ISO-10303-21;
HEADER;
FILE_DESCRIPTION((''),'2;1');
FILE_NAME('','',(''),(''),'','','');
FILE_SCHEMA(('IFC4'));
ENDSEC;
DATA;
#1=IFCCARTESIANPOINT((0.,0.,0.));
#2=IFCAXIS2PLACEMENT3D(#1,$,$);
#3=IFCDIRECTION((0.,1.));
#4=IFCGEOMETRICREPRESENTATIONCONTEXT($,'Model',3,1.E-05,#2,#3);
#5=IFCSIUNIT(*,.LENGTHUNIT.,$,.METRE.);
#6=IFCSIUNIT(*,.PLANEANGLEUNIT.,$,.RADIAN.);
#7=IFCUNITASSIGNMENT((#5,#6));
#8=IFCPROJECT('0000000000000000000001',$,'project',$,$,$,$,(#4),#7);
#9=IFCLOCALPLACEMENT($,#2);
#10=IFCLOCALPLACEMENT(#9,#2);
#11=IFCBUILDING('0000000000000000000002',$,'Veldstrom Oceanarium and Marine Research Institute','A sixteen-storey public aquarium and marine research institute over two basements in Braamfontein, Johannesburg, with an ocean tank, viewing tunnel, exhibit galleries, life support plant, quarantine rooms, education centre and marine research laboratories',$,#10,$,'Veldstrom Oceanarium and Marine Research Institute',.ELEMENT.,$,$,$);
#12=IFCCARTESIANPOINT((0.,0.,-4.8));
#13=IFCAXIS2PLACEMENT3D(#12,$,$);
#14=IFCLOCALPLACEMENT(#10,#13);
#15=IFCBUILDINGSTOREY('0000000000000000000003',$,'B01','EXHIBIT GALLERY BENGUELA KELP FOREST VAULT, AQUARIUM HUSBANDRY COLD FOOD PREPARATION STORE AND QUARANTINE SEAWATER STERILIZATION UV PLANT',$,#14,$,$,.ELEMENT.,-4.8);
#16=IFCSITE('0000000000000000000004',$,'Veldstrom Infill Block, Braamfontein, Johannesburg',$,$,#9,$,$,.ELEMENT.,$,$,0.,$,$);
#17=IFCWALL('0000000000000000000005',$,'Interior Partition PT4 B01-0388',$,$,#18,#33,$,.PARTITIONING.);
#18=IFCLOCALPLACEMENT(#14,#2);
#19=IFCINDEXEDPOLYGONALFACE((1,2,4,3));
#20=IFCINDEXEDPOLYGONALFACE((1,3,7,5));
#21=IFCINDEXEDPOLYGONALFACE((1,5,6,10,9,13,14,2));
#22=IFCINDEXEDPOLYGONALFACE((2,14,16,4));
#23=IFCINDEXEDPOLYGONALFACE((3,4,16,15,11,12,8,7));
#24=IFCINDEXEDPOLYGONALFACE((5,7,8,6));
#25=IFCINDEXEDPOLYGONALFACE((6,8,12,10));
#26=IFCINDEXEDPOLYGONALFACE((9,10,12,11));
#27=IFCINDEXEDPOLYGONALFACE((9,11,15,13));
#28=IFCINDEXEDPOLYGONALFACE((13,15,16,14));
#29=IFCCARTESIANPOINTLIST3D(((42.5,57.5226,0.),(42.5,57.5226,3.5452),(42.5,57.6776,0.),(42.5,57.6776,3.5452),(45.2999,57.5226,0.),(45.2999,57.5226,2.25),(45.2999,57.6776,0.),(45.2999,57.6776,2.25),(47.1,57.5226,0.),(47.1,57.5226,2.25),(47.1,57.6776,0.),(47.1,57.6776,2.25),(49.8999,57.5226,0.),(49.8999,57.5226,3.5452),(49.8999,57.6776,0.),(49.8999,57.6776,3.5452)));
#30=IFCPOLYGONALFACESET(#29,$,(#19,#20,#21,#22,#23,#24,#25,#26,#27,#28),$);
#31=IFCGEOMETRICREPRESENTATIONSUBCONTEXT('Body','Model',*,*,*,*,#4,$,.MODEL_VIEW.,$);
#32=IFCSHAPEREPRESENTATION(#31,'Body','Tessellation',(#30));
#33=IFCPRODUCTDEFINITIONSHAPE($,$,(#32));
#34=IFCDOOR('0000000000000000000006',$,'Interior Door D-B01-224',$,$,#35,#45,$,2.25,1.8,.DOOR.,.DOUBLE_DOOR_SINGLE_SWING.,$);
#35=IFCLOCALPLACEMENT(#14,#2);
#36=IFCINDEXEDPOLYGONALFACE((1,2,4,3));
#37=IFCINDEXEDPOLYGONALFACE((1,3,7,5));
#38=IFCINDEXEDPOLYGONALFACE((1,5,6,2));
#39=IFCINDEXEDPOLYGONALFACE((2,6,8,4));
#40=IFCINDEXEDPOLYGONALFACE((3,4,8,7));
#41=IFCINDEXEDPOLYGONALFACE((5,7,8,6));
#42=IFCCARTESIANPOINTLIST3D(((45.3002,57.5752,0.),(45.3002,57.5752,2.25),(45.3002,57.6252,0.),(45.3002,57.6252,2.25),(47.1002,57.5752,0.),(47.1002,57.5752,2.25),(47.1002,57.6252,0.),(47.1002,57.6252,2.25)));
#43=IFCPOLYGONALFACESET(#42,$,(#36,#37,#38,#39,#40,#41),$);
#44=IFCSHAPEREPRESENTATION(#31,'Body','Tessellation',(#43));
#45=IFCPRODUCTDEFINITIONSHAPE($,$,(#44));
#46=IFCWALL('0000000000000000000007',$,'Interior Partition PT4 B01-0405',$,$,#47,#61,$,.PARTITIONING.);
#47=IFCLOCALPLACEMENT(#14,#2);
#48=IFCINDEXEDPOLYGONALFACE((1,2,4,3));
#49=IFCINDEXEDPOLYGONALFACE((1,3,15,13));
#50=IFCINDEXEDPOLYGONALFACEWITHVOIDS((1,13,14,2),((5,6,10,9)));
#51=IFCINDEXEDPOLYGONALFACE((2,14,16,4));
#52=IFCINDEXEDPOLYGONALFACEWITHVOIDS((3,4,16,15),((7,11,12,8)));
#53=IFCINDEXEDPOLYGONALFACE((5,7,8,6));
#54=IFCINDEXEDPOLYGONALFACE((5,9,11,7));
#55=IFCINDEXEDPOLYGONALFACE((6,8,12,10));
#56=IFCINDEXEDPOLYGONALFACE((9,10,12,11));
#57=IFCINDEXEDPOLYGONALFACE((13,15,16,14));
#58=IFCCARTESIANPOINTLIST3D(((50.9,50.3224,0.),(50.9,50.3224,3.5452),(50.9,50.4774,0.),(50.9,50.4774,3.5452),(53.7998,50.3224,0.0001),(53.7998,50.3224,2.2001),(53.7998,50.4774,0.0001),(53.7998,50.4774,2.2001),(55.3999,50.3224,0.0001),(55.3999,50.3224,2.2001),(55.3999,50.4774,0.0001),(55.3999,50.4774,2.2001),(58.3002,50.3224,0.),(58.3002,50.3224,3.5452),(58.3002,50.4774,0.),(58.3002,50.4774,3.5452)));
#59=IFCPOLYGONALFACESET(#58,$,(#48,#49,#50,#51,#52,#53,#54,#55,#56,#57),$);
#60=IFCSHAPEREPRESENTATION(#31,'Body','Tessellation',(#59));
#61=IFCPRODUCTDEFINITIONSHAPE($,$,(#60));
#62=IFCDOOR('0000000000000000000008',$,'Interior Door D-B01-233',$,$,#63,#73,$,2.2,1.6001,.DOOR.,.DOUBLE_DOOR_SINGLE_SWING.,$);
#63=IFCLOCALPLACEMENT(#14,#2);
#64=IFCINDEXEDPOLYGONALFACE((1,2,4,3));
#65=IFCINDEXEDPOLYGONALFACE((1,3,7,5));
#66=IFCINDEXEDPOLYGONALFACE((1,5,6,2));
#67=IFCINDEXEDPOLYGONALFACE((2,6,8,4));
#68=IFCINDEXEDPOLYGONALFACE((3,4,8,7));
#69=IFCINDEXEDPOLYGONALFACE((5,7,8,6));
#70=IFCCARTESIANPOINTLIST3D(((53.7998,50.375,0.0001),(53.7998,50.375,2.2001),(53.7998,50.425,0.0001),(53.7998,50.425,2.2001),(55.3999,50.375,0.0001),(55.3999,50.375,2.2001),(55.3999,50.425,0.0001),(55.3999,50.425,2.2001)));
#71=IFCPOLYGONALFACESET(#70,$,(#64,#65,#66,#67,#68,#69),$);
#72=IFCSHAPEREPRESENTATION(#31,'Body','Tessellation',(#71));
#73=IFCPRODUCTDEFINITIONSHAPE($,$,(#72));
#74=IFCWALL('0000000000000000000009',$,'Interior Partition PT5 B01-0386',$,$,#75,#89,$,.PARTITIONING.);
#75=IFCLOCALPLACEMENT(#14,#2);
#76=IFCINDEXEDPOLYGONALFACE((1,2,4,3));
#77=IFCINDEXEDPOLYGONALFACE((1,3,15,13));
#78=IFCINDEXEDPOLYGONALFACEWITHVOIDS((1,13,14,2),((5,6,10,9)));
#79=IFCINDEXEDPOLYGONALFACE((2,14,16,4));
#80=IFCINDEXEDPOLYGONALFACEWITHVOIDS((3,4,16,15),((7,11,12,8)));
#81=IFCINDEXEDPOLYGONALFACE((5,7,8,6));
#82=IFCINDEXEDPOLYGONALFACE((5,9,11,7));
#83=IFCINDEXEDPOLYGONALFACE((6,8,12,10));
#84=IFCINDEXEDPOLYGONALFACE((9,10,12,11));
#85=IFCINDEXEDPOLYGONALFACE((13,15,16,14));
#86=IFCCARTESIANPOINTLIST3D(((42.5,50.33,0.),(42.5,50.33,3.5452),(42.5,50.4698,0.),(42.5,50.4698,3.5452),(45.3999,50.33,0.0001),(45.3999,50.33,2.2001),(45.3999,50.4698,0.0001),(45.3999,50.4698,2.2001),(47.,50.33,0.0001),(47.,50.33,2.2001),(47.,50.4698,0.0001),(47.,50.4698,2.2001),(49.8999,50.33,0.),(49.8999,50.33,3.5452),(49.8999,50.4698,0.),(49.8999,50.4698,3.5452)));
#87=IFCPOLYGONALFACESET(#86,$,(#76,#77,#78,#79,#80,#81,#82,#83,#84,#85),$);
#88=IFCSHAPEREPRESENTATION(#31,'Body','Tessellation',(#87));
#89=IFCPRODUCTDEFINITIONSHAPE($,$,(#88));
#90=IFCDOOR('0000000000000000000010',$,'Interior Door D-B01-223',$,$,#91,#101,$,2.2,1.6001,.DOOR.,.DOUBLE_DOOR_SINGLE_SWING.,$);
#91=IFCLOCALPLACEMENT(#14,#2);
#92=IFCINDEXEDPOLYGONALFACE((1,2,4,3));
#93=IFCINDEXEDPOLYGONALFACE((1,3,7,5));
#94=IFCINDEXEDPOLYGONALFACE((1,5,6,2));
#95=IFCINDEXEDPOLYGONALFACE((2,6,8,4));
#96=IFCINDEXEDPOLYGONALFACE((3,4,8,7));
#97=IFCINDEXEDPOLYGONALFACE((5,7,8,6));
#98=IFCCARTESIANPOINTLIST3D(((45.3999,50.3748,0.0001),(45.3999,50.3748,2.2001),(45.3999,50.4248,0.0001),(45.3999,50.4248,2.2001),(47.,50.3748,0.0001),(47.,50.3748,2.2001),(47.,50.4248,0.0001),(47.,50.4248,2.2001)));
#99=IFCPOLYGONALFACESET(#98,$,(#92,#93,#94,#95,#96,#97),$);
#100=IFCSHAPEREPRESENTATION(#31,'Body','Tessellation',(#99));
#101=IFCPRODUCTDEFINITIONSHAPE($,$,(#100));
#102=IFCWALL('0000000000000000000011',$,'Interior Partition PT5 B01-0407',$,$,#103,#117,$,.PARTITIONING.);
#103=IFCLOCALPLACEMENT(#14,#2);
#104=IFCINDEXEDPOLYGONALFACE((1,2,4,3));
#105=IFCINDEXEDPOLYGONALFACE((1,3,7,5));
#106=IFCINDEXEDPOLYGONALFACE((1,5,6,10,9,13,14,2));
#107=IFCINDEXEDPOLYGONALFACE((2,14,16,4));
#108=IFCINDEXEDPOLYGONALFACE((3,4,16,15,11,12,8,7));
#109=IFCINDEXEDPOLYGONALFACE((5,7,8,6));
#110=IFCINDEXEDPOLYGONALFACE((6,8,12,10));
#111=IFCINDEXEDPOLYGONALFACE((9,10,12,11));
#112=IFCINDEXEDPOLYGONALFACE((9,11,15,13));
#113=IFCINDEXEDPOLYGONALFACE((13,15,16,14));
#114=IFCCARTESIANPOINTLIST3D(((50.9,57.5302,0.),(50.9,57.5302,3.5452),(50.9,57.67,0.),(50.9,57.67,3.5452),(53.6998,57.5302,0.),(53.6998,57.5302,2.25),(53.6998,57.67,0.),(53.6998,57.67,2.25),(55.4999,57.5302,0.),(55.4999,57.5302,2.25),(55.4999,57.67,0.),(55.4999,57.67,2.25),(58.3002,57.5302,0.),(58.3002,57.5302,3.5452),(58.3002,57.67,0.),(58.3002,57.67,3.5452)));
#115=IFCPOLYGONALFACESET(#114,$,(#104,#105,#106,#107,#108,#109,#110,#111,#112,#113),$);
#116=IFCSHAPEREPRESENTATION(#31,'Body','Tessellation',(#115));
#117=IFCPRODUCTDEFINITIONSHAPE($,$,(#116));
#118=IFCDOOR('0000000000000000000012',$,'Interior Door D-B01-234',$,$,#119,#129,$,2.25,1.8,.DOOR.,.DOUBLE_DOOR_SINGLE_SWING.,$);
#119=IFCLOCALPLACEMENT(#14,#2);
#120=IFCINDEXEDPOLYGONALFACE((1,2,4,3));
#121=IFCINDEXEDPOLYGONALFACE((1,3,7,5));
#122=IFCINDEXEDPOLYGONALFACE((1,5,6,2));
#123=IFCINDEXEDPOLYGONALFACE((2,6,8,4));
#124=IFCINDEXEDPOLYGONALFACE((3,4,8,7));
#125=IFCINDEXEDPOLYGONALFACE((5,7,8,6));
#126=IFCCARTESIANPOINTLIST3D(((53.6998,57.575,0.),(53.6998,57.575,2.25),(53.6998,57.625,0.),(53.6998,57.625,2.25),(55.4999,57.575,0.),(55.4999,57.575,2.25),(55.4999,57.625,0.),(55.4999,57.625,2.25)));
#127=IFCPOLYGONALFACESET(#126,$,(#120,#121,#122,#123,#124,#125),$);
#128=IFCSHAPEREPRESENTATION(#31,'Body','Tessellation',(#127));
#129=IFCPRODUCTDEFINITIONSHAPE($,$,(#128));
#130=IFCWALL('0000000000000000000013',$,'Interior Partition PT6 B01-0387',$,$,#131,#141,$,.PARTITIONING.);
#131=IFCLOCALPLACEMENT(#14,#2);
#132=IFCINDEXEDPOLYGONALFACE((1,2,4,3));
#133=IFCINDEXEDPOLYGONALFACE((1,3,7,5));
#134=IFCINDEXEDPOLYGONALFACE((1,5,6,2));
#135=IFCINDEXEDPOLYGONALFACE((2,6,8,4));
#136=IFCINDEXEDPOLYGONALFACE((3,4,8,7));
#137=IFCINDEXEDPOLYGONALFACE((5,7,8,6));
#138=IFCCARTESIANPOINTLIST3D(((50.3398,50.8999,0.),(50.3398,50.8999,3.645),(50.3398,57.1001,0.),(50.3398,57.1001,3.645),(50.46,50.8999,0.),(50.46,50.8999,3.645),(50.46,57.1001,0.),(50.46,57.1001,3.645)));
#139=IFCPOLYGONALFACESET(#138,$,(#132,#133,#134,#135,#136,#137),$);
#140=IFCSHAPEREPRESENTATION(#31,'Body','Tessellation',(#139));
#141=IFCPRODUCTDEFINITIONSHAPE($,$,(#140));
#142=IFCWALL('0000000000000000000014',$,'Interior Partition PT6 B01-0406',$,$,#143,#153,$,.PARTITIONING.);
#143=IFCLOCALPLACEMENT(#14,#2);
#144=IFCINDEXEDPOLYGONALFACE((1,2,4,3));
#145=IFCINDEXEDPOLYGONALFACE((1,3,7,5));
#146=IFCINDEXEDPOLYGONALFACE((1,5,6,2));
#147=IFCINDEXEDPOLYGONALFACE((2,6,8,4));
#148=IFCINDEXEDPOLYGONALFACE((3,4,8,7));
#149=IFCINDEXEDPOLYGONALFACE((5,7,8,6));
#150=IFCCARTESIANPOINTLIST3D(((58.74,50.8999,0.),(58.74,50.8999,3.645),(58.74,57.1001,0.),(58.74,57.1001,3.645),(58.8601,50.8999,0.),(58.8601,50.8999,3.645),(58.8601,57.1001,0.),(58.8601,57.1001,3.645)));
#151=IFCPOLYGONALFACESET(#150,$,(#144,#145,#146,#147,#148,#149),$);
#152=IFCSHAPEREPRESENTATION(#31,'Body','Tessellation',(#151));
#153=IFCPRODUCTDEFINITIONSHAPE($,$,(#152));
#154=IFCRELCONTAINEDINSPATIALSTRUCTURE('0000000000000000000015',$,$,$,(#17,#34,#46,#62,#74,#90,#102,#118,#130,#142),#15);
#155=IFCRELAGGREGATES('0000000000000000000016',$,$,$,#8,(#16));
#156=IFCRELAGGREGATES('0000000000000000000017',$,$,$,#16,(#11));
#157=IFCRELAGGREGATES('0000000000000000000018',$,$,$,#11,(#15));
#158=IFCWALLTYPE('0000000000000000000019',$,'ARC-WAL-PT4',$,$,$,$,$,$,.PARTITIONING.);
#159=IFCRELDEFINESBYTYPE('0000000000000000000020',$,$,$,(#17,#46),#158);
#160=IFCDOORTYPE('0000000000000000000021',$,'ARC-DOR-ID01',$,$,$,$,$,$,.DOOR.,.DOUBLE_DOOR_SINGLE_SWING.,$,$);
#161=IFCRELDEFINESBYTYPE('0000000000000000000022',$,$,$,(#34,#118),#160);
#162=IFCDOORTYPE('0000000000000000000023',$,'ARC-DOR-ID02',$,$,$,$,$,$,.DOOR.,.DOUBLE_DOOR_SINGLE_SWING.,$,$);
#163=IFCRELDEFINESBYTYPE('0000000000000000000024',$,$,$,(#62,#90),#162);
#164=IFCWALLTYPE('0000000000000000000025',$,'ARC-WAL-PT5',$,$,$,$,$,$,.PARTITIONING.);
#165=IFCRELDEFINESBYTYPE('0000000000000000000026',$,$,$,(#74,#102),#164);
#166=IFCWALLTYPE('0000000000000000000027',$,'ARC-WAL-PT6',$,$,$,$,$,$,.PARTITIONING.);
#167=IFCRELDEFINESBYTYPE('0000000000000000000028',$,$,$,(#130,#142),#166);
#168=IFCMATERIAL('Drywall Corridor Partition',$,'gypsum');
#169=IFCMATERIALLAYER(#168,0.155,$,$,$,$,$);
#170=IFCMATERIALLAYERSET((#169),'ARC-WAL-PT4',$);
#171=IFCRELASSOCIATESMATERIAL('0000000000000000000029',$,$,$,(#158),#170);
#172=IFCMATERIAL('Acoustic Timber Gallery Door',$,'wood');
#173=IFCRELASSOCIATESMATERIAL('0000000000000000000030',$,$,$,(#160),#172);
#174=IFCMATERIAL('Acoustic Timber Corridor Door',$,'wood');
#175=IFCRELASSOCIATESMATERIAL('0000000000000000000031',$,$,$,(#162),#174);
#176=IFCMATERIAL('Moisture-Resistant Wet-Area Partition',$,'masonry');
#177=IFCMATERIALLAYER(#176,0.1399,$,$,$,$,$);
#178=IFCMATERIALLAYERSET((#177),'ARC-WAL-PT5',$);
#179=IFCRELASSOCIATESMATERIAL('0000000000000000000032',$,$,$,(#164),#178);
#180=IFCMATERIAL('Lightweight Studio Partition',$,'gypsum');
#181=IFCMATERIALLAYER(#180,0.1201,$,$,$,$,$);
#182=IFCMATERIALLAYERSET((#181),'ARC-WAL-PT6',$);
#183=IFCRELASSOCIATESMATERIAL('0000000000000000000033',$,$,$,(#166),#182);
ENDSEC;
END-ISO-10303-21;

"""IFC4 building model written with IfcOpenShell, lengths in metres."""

from ifc_helpers import new_model, si_unit, direction, frame, frame_2d, origin, place, context, subcontext, project, spatial, rectangle, extrude, material, layer, layer_set, type_object, element, fill, save


model = new_model("IFC4")

# Units and contexts
model_context = context("Model", 3, precision=1e-05, world=origin(), true_north=direction((0.0, 1.0)))
body_context = subcontext(model_context, "Body", "Model", "MODEL_VIEW")
ifc_project = project(units=[si_unit("LENGTHUNIT", "METRE"), si_unit("PLANEANGLEUNIT", "RADIAN")], contexts=[model_context])

# Site, building, storey
site_placement = place(None, origin())
site = spatial("IfcSite", under=ifc_project, at=site_placement, Name="Veldstrom Infill Block, Braamfontein, Johannesburg", CompositionType="ELEMENT", RefElevation=0.0)
building_placement = place(site_placement, origin())
building = spatial("IfcBuilding", under=site, at=building_placement, Name="Veldstrom Oceanarium and Marine Research Institute", Description="A sixteen-storey public aquarium and marine research institute over two basements in Braamfontein, Johannesburg, with an ocean tank, viewing tunnel, exhibit galleries, life support plant, quarantine rooms, education centre and marine research laboratories", LongName="Veldstrom Oceanarium and Marine Research Institute", CompositionType="ELEMENT")
storey_placement = place(building_placement, frame((0.0, 0.0, -4.8)))
storey = spatial("IfcBuildingStorey", under=building, at=storey_placement, Name="B01", Description="EXHIBIT GALLERY BENGUELA KELP FOREST VAULT, AQUARIUM HUSBANDRY COLD FOOD PREPARATION STORE AND QUARANTINE SEAWATER STERILIZATION UV PLANT", CompositionType="ELEMENT", Elevation=-4.8)

# Walls, openings, doors
ifc_material_1 = material(Name="Drywall Corridor Partition", Category="gypsum")
ifc_layer_1 = layer(ifc_material_1, 0.155)
ifc_layer_set_1 = layer_set([ifc_layer_1], Name="ARC-WAL-PT4")
wall_type_1 = type_object("IfcWallType", Name="ARC-WAL-PT4", PredefinedType="PARTITIONING", material=ifc_layer_set_1)
wall_1_placement = place(storey_placement, frame((42.5, 57.6001, 0.0), z_axis=(0.0, 0.0, 1.0), x_axis=(1.0, 0.0, 0.0)))
wall_1 = element("IfcWall", 1, at=wall_1_placement, inside=storey, type_object=wall_type_1, Name="Interior Partition PT4 B01-0388", PredefinedType="PARTITIONING", context=body_context, shape_type="SweptSolid", body=[
    extrude(rectangle(XDim=7.3999, YDim=0.155, at=frame_2d((3.7, 0.0))), origin(), (0.0, 0.0, 1.0), 3.5452),
])
opening_1_placement = place(wall_1_placement, frame((2.8, 0.0, 0.0)))
opening_1 = element("IfcOpeningElement", 2, at=opening_1_placement, cuts=wall_1, PredefinedType="OPENING", context=body_context, shape_type="SweptSolid", body=[
    extrude(rectangle(XDim=1.8, YDim=2.25, at=frame_2d((0.8999, 1.125))), frame((0.0, 0.0874, 0.0), z_axis=(0.0, -1.0, 0.0), x_axis=(1.0, 0.0, 0.0)), (0.0, 0.0, 1.0), 0.175),
])
ifc_material_2 = material(Name="Acoustic Timber Gallery Door", Category="wood")
door_type_1 = type_object("IfcDoorType", Name="ARC-DOR-ID01", OperationType="DOUBLE_DOOR_SINGLE_SWING", PredefinedType="DOOR", material=ifc_material_2)
door_1_placement = place(opening_1_placement, frame((1.8, 0.0, 0.0), z_axis=(0.0, 0.0, 1.0), x_axis=(-1.0, 0.0, 0.0)))
door_1 = element("IfcDoor", 3, at=door_1_placement, inside=storey, type_object=door_type_1, Name="Interior Door D-B01-224", OperationType="DOUBLE_DOOR_SINGLE_SWING", OverallHeight=2.25, OverallWidth=1.8, PredefinedType="DOOR", context=body_context, shape_type="SweptSolid", body=[
    extrude(rectangle(XDim=1.8, YDim=2.25, at=frame_2d((0.8999, 1.125))), frame((0.0, 0.0249, 0.0), z_axis=(0.0, -1.0, 0.0), x_axis=(1.0, 0.0, 0.0)), (0.0, 0.0, 1.0), 0.05),
])
fill(opening_1, door_1)
wall_2_placement = place(storey_placement, frame((50.8999, 50.3999, 0.0), z_axis=(0.0, 0.0, 1.0), x_axis=(1.0, 0.0, 0.0)))
wall_2 = element("IfcWall", 4, at=wall_2_placement, inside=storey, type_object=wall_type_1, Name="Interior Partition PT4 B01-0405", PredefinedType="PARTITIONING", context=body_context, shape_type="SweptSolid", body=[
    extrude(rectangle(XDim=7.4001, YDim=0.155, at=frame_2d((3.7002, 0.0))), origin(), (0.0, 0.0, 1.0), 3.5452),
])
opening_2_placement = place(wall_2_placement, frame((2.8999, 0.0, 0.0)))
opening_2 = element("IfcOpeningElement", 5, at=opening_2_placement, cuts=wall_2, PredefinedType="OPENING", context=body_context, shape_type="SweptSolid", body=[
    extrude(rectangle(XDim=1.6001, YDim=2.2, at=frame_2d((0.8, 1.1001))), frame((0.0, 0.0874, 0.0), z_axis=(0.0, -1.0, 0.0), x_axis=(1.0, 0.0, 0.0)), (0.0, 0.0, 1.0), 0.175),
])
ifc_material_3 = material(Name="Acoustic Timber Corridor Door", Category="wood")
door_type_2 = type_object("IfcDoorType", Name="ARC-DOR-ID02", OperationType="DOUBLE_DOOR_SINGLE_SWING", PredefinedType="DOOR", material=ifc_material_3)
door_2_placement = place(opening_2_placement, frame((1.6001, 0.0, 0.0), z_axis=(0.0, 0.0, 1.0), x_axis=(-1.0, 0.0, 0.0)))
door_2 = element("IfcDoor", 6, at=door_2_placement, inside=storey, type_object=door_type_2, Name="Interior Door D-B01-233", OperationType="DOUBLE_DOOR_SINGLE_SWING", OverallHeight=2.2, OverallWidth=1.6001, PredefinedType="DOOR", context=body_context, shape_type="SweptSolid", body=[
    extrude(rectangle(XDim=1.6001, YDim=2.2, at=frame_2d((0.8, 1.1001))), frame((0.0, 0.0249, 0.0), z_axis=(0.0, -1.0, 0.0), x_axis=(1.0, 0.0, 0.0)), (0.0, 0.0, 1.0), 0.05),
])
fill(opening_2, door_2)
ifc_material_4 = material(Name="Moisture-Resistant Wet-Area Partition", Category="masonry")
ifc_layer_2 = layer(ifc_material_4, 0.1399)
ifc_layer_set_2 = layer_set([ifc_layer_2], Name="ARC-WAL-PT5")
wall_type_2 = type_object("IfcWallType", Name="ARC-WAL-PT5", PredefinedType="PARTITIONING", material=ifc_layer_set_2)
wall_3_placement = place(storey_placement, frame((42.5, 50.3999, 0.0), z_axis=(0.0, 0.0, 1.0), x_axis=(1.0, 0.0, 0.0)))
wall_3 = element("IfcWall", 7, at=wall_3_placement, inside=storey, type_object=wall_type_2, Name="Interior Partition PT5 B01-0386", PredefinedType="PARTITIONING", context=body_context, shape_type="SweptSolid", body=[
    extrude(rectangle(XDim=7.3999, YDim=0.1399, at=frame_2d((3.7, 0.0))), origin(), (0.0, 0.0, 1.0), 3.5452),
])
opening_3_placement = place(wall_3_placement, frame((2.8999, 0.0, 0.0)))
opening_3 = element("IfcOpeningElement", 8, at=opening_3_placement, cuts=wall_3, PredefinedType="OPENING", context=body_context, shape_type="SweptSolid", body=[
    extrude(rectangle(XDim=1.6001, YDim=2.2, at=frame_2d((0.8, 1.1001))), frame((0.0, 0.0798, 0.0), z_axis=(0.0, -1.0, 0.0), x_axis=(1.0, 0.0, 0.0)), (0.0, 0.0, 1.0), 0.1599),
])
door_3_placement = place(opening_3_placement, origin())
door_3 = element("IfcDoor", 9, at=door_3_placement, inside=storey, type_object=door_type_2, Name="Interior Door D-B01-223", OperationType="DOUBLE_DOOR_SINGLE_SWING", OverallHeight=2.2, OverallWidth=1.6001, PredefinedType="DOOR", context=body_context, shape_type="SweptSolid", body=[
    extrude(rectangle(XDim=1.6001, YDim=2.2, at=frame_2d((0.8, 1.1001))), frame((0.0, 0.0249, 0.0), z_axis=(0.0, -1.0, 0.0), x_axis=(1.0, 0.0, 0.0)), (0.0, 0.0, 1.0), 0.05),
])
fill(opening_3, door_3)
wall_4_placement = place(storey_placement, frame((50.8999, 57.6001, 0.0), z_axis=(0.0, 0.0, 1.0), x_axis=(1.0, 0.0, 0.0)))
wall_4 = element("IfcWall", 10, at=wall_4_placement, inside=storey, type_object=wall_type_2, Name="Interior Partition PT5 B01-0407", PredefinedType="PARTITIONING", context=body_context, shape_type="SweptSolid", body=[
    extrude(rectangle(XDim=7.4001, YDim=0.1399, at=frame_2d((3.7002, 0.0))), origin(), (0.0, 0.0, 1.0), 3.5452),
])
opening_4_placement = place(wall_4_placement, frame((2.8, 0.0, 0.0)))
opening_4 = element("IfcOpeningElement", 11, at=opening_4_placement, cuts=wall_4, PredefinedType="OPENING", context=body_context, shape_type="SweptSolid", body=[
    extrude(rectangle(XDim=1.8, YDim=2.25, at=frame_2d((0.8999, 1.125))), frame((0.0, 0.0798, 0.0), z_axis=(0.0, -1.0, 0.0), x_axis=(1.0, 0.0, 0.0)), (0.0, 0.0, 1.0), 0.1599),
])
door_4_placement = place(opening_4_placement, origin())
door_4 = element("IfcDoor", 12, at=door_4_placement, inside=storey, type_object=door_type_1, Name="Interior Door D-B01-234", OperationType="DOUBLE_DOOR_SINGLE_SWING", OverallHeight=2.25, OverallWidth=1.8, PredefinedType="DOOR", context=body_context, shape_type="SweptSolid", body=[
    extrude(rectangle(XDim=1.8, YDim=2.25, at=frame_2d((0.8999, 1.125))), frame((0.0, 0.0249, 0.0), z_axis=(0.0, -1.0, 0.0), x_axis=(1.0, 0.0, 0.0)), (0.0, 0.0, 1.0), 0.05),
])
fill(opening_4, door_4)

# Walls
ifc_material_5 = material(Name="Lightweight Studio Partition", Category="gypsum")
ifc_layer_3 = layer(ifc_material_5, 0.1201)
ifc_layer_set_3 = layer_set([ifc_layer_3], Name="ARC-WAL-PT6")
wall_type_3 = type_object("IfcWallType", Name="ARC-WAL-PT6", PredefinedType="PARTITIONING", material=ifc_layer_set_3)
for number, where, z_axis, x_axis, name in (
    (13, (50.3999, 50.8999, 0.0), (0.0, 0.0, 1.0), (0.0, 1.0, 0.0), "Interior Partition PT6 B01-0387"),
    (14, (58.8, 50.8999, 0.0), (0.0, 0.0, 1.0), (0.0, 1.0, 0.0), "Interior Partition PT6 B01-0406"),
):
    element("IfcWall", number, at=place(storey_placement, frame(where, z_axis=z_axis, x_axis=x_axis)), inside=storey, type_object=wall_type_3, Name=name, PredefinedType="PARTITIONING", context=body_context, shape_type="SweptSolid", body=[
        extrude(rectangle(XDim=6.2002, YDim=0.1201, at=frame_2d((3.1001, 0.0))), origin(), (0.0, 0.0, 1.0), 3.645),
    ])

save(model, "model.ifc")
